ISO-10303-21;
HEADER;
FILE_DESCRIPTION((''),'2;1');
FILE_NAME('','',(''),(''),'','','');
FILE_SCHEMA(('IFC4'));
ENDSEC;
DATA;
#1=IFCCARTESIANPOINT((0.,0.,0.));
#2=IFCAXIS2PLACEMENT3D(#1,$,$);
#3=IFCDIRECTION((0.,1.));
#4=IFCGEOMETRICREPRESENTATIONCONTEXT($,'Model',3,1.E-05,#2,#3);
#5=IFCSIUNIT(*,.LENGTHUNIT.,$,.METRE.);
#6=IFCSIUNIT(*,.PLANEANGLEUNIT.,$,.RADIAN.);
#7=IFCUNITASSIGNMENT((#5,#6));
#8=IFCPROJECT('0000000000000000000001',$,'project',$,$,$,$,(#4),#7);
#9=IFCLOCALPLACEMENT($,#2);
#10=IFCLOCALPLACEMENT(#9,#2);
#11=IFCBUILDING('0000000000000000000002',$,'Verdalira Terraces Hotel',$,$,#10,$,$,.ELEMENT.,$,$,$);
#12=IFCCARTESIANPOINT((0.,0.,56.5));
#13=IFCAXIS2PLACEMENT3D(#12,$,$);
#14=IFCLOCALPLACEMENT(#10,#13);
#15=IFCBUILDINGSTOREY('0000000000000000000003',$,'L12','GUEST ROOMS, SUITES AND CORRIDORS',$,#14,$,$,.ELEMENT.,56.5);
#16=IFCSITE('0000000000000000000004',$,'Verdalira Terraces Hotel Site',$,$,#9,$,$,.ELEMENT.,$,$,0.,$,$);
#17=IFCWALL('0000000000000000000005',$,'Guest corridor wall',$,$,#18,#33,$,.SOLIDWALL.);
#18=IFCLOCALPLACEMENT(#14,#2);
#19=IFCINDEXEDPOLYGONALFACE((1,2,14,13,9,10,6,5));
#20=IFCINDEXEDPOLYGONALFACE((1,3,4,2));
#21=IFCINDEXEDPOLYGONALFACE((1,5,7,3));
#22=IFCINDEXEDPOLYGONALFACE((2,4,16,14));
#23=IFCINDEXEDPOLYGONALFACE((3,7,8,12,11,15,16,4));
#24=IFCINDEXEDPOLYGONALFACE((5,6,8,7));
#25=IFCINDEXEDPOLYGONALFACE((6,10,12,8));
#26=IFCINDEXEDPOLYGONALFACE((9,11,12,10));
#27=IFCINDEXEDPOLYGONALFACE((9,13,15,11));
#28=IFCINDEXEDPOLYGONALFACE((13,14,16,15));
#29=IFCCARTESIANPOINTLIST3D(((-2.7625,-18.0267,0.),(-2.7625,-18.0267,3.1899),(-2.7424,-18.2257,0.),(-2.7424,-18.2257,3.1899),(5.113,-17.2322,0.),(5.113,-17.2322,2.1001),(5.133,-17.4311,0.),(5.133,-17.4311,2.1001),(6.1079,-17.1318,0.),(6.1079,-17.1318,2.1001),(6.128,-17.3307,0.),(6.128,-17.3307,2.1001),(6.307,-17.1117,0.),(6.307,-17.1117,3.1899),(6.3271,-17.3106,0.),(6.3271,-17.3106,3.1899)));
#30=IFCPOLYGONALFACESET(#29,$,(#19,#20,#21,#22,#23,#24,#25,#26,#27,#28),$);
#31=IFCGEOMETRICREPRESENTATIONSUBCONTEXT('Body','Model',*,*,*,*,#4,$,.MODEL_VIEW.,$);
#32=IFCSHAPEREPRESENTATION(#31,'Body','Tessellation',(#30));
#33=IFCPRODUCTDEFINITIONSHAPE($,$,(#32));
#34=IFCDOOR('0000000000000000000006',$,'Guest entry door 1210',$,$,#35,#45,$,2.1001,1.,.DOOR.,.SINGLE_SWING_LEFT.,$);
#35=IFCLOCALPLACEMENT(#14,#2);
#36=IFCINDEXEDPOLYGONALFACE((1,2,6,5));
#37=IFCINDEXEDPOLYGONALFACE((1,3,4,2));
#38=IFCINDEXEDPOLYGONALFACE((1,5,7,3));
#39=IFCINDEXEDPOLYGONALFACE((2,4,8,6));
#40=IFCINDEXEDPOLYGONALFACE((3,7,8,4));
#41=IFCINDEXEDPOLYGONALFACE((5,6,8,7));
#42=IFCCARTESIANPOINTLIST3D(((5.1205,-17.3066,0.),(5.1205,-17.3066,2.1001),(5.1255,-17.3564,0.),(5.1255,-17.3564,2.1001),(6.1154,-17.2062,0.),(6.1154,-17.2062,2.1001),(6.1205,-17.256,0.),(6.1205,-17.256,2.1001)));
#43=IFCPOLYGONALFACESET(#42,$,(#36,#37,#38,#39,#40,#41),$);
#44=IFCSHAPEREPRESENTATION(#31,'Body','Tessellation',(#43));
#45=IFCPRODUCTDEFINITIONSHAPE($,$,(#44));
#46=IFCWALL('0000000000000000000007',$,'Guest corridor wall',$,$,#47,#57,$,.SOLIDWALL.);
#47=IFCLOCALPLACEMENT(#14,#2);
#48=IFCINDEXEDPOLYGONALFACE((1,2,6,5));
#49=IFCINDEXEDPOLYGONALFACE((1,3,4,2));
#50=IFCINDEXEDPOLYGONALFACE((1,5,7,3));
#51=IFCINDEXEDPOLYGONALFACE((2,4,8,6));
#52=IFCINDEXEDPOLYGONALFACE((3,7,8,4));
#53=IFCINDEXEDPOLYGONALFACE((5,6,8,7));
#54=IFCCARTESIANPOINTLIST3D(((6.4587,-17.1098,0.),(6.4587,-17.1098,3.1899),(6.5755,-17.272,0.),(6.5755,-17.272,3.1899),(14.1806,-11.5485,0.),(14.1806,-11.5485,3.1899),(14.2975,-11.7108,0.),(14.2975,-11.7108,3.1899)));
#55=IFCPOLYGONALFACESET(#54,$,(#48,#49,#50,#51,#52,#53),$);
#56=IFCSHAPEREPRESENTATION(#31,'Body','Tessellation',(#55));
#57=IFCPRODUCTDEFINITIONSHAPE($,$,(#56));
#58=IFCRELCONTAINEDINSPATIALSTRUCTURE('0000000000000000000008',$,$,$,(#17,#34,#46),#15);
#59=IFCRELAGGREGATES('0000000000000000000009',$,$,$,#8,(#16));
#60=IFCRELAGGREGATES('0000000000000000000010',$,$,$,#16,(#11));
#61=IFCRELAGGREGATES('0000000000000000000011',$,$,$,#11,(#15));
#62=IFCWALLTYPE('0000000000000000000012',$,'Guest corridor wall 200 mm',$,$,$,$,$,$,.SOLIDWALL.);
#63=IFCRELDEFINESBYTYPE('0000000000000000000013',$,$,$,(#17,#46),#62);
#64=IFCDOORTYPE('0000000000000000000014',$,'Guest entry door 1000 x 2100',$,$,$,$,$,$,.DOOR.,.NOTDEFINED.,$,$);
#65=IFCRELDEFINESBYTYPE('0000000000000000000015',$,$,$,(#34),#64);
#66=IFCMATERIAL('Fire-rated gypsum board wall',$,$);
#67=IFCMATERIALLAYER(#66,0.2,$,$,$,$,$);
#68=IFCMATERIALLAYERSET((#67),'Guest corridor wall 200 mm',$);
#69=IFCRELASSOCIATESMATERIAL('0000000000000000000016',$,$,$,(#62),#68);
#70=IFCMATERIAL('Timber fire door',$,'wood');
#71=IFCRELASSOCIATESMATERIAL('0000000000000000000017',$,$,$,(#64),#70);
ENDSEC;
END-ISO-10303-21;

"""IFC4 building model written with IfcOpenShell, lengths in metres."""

from ifc_helpers import new_model, si_unit, direction, frame, frame_2d, origin, place, context, subcontext, project, spatial, rectangle, extrude, material, layer, layer_set, type_object, element, fill, save


model = new_model("IFC4")

# Units and contexts
model_context = context("Model", 3, precision=1e-05, world=origin(), true_north=direction((0.0, 1.0)))
body_context = subcontext(model_context, "Body", "Model", "MODEL_VIEW")
ifc_project = project(units=[si_unit("LENGTHUNIT", "METRE"), si_unit("PLANEANGLEUNIT", "RADIAN")], contexts=[model_context])

# Site, building, storey
site_placement = place(None, origin())
site = spatial("IfcSite", under=ifc_project, at=site_placement, Name="Verdalira Terraces Hotel Site", CompositionType="ELEMENT", RefElevation=0.0)
building_placement = place(site_placement, origin())
building = spatial("IfcBuilding", under=site, at=building_placement, Name="Verdalira Terraces Hotel", CompositionType="ELEMENT")
storey_placement = place(building_placement, frame((0.0, 0.0, 56.5)))
storey = spatial("IfcBuildingStorey", under=building, at=storey_placement, Name="L12", Description="GUEST ROOMS, SUITES AND CORRIDORS", CompositionType="ELEMENT", Elevation=56.5)

# Wall, opening, door
ifc_material_1 = material(Name="Fire-rated gypsum board wall")
ifc_layer_1 = layer(ifc_material_1, 0.2)
ifc_layer_set_1 = layer_set([ifc_layer_1], Name="Guest corridor wall 200 mm")
wall_type_1 = type_object("IfcWallType", Name="Guest corridor wall 200 mm", PredefinedType="SOLIDWALL", material=ifc_layer_set_1)
wall_1_placement = place(storey_placement, frame((6.3169, -17.2112, 0.0), z_axis=(0.0, 0.0, 1.0), x_axis=(-0.994949, -0.100384, 0.0)))
wall_1 = element("IfcWall", 1, at=wall_1_placement, inside=storey, type_object=wall_type_1, Name="Guest corridor wall", PredefinedType="SOLIDWALL", context=body_context, shape_type="SweptSolid", body=[
    extrude(rectangle(XDim=9.1155, YDim=0.2, at=frame_2d((4.5576, 0.0))), origin(), (0.0, 0.0, 1.0), 3.1899),
])
opening_1_placement = place(wall_1_placement, frame((0.2, 0.0, 0.0)))
opening_1 = element("IfcOpeningElement", 2, at=opening_1_placement, cuts=wall_1, PredefinedType="OPENING", context=body_context, shape_type="SweptSolid", body=[
    extrude(rectangle(XDim=1.0, YDim=2.1001, at=frame_2d((0.5, 1.05))), frame((0.0, 0.1099, 0.0), z_axis=(0.0, -1.0, 0.0), x_axis=(1.0, 0.0, 0.0)), (0.0, 0.0, 1.0), 0.22),
])
ifc_material_2 = material(Name="Timber fire door", Category="wood")
door_type_1 = type_object("IfcDoorType", Name="Guest entry door 1000 x 2100", OperationType="NOTDEFINED", PredefinedType="DOOR", material=ifc_material_2)
door_1_placement = place(opening_1_placement, origin())
door_1 = element("IfcDoor", 3, at=door_1_placement, inside=storey, type_object=door_type_1, Name="Guest entry door 1210", OperationType="SINGLE_SWING_LEFT", OverallHeight=2.1001, OverallWidth=1.0, PredefinedType="DOOR", context=body_context, shape_type="SweptSolid", body=[
    extrude(rectangle(XDim=1.0, YDim=2.1001, at=frame_2d((0.5, 1.05))), frame((0.0, 0.0249, 0.0), z_axis=(0.0, -1.0, 0.0), x_axis=(1.0, 0.0, 0.0)), (0.0, 0.0, 1.0), 0.05),
])
fill(opening_1, door_1)

# Wall
wall_2_placement = place(storey_placement, frame((6.5171, -17.1909, 0.0), z_axis=(0.0, 0.0, 1.0), x_axis=(0.81146, 0.584408, 0.0)))
element("IfcWall", 4, at=wall_2_placement, inside=storey, type_object=wall_type_1, Name="Guest corridor wall", PredefinedType="SOLIDWALL", context=body_context, shape_type="SweptSolid", body=[
    extrude(rectangle(XDim=9.5161, YDim=0.2, at=frame_2d((4.7581, 0.0))), origin(), (0.0, 0.0, 1.0), 3.1899),
])

save(model, "model.ifc")
